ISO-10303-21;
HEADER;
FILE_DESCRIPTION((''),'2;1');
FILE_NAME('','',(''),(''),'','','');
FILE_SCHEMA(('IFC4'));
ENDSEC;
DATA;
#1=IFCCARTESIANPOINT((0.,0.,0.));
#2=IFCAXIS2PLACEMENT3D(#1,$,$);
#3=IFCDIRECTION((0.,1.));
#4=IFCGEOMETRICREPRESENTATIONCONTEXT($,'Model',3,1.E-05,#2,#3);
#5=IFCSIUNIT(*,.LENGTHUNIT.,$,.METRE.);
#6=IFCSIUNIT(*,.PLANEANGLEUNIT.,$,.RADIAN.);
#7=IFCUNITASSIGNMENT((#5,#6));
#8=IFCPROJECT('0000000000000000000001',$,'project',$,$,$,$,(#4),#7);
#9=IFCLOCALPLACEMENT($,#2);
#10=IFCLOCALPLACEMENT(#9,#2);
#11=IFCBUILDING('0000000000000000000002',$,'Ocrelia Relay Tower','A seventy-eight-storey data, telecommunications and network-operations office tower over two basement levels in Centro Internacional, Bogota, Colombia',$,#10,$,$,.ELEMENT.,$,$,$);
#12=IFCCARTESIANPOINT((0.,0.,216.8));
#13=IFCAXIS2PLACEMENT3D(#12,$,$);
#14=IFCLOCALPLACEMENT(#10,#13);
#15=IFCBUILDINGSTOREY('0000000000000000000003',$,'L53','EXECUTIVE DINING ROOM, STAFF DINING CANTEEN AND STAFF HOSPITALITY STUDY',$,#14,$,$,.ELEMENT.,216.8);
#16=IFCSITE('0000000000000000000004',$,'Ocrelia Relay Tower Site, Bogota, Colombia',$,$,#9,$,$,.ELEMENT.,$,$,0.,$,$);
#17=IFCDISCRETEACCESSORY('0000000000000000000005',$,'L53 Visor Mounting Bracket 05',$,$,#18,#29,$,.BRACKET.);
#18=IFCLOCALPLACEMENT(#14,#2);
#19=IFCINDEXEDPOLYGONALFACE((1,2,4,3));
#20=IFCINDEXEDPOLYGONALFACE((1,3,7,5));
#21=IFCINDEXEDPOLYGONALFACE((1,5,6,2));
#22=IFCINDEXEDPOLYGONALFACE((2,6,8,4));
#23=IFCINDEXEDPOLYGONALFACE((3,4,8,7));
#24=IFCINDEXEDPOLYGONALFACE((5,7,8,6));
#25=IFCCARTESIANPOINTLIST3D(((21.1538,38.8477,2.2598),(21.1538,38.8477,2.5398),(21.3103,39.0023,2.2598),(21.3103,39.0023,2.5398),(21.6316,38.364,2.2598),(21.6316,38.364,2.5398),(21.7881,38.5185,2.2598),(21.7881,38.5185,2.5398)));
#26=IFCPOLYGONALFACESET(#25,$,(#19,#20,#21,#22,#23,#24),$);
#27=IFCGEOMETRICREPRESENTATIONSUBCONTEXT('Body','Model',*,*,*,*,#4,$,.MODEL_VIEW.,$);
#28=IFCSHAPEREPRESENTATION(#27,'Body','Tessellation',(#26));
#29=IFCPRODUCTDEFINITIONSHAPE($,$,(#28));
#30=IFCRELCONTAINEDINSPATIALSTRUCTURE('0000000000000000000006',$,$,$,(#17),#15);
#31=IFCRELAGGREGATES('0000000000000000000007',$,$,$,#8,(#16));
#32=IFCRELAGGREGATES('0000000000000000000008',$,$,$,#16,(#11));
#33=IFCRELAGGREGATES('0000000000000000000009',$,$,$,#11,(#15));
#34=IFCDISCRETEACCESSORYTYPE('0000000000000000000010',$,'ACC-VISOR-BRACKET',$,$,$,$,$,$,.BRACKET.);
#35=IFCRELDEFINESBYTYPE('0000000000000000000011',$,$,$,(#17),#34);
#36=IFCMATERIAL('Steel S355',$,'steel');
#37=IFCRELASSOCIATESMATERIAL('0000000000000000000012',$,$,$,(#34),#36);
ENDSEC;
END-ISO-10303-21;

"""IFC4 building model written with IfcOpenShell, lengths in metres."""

from ifc_helpers import new_model, si_unit, direction, frame, origin, origin_2d, place, context, subcontext, project, spatial, rectangle, extrude, material, type_object, element, save


model = new_model("IFC4")

# Units and contexts
model_context = context("Model", 3, precision=1e-05, world=origin(), true_north=direction((0.0, 1.0)))
body_context = subcontext(model_context, "Body", "Model", "MODEL_VIEW")
ifc_project = project(units=[si_unit("LENGTHUNIT", "METRE"), si_unit("PLANEANGLEUNIT", "RADIAN")], contexts=[model_context])

# Site, building, storey
site_placement = place(None, origin())
site = spatial("IfcSite", under=ifc_project, at=site_placement, Name="Ocrelia Relay Tower Site, Bogota, Colombia", CompositionType="ELEMENT", RefElevation=0.0)
building_placement = place(site_placement, origin())
building = spatial("IfcBuilding", under=site, at=building_placement, Name="Ocrelia Relay Tower", Description="A seventy-eight-storey data, telecommunications and network-operations office tower over two basement levels in Centro Internacional, Bogota, Colombia", CompositionType="ELEMENT")
storey_placement = place(building_placement, frame((0.0, 0.0, 216.8)))
storey = spatial("IfcBuildingStorey", under=building, at=storey_placement, Name="L53", Description="EXECUTIVE DINING ROOM, STAFF DINING CANTEEN AND STAFF HOSPITALITY STUDY", CompositionType="ELEMENT", Elevation=216.8)

# Shared definitions
ifc_material_1 = material(Name="Steel S355", Category="steel")

# Discrete accessory
discrete_accessory_type_1 = type_object("IfcDiscreteAccessoryType", Name="ACC-VISOR-BRACKET", PredefinedType="BRACKET", material=ifc_material_1)
discrete_accessory_placement = place(storey_placement, frame((21.4709, 38.6831, 2.2598), z_axis=(0.0, 0.0, 1.0), x_axis=(-0.711413, -0.702775, 0.0)))
element("IfcDiscreteAccessory", 1, at=discrete_accessory_placement, inside=storey, type_object=discrete_accessory_type_1, Name="L53 Visor Mounting Bracket 05", PredefinedType="BRACKET", context=body_context, shape_type="SweptSolid", body=[
    extrude(rectangle(XDim=0.22, YDim=0.6799, at=origin_2d()), origin(), (0.0, 0.0, 1.0), 0.28),
])

save(model, "model.ifc")
